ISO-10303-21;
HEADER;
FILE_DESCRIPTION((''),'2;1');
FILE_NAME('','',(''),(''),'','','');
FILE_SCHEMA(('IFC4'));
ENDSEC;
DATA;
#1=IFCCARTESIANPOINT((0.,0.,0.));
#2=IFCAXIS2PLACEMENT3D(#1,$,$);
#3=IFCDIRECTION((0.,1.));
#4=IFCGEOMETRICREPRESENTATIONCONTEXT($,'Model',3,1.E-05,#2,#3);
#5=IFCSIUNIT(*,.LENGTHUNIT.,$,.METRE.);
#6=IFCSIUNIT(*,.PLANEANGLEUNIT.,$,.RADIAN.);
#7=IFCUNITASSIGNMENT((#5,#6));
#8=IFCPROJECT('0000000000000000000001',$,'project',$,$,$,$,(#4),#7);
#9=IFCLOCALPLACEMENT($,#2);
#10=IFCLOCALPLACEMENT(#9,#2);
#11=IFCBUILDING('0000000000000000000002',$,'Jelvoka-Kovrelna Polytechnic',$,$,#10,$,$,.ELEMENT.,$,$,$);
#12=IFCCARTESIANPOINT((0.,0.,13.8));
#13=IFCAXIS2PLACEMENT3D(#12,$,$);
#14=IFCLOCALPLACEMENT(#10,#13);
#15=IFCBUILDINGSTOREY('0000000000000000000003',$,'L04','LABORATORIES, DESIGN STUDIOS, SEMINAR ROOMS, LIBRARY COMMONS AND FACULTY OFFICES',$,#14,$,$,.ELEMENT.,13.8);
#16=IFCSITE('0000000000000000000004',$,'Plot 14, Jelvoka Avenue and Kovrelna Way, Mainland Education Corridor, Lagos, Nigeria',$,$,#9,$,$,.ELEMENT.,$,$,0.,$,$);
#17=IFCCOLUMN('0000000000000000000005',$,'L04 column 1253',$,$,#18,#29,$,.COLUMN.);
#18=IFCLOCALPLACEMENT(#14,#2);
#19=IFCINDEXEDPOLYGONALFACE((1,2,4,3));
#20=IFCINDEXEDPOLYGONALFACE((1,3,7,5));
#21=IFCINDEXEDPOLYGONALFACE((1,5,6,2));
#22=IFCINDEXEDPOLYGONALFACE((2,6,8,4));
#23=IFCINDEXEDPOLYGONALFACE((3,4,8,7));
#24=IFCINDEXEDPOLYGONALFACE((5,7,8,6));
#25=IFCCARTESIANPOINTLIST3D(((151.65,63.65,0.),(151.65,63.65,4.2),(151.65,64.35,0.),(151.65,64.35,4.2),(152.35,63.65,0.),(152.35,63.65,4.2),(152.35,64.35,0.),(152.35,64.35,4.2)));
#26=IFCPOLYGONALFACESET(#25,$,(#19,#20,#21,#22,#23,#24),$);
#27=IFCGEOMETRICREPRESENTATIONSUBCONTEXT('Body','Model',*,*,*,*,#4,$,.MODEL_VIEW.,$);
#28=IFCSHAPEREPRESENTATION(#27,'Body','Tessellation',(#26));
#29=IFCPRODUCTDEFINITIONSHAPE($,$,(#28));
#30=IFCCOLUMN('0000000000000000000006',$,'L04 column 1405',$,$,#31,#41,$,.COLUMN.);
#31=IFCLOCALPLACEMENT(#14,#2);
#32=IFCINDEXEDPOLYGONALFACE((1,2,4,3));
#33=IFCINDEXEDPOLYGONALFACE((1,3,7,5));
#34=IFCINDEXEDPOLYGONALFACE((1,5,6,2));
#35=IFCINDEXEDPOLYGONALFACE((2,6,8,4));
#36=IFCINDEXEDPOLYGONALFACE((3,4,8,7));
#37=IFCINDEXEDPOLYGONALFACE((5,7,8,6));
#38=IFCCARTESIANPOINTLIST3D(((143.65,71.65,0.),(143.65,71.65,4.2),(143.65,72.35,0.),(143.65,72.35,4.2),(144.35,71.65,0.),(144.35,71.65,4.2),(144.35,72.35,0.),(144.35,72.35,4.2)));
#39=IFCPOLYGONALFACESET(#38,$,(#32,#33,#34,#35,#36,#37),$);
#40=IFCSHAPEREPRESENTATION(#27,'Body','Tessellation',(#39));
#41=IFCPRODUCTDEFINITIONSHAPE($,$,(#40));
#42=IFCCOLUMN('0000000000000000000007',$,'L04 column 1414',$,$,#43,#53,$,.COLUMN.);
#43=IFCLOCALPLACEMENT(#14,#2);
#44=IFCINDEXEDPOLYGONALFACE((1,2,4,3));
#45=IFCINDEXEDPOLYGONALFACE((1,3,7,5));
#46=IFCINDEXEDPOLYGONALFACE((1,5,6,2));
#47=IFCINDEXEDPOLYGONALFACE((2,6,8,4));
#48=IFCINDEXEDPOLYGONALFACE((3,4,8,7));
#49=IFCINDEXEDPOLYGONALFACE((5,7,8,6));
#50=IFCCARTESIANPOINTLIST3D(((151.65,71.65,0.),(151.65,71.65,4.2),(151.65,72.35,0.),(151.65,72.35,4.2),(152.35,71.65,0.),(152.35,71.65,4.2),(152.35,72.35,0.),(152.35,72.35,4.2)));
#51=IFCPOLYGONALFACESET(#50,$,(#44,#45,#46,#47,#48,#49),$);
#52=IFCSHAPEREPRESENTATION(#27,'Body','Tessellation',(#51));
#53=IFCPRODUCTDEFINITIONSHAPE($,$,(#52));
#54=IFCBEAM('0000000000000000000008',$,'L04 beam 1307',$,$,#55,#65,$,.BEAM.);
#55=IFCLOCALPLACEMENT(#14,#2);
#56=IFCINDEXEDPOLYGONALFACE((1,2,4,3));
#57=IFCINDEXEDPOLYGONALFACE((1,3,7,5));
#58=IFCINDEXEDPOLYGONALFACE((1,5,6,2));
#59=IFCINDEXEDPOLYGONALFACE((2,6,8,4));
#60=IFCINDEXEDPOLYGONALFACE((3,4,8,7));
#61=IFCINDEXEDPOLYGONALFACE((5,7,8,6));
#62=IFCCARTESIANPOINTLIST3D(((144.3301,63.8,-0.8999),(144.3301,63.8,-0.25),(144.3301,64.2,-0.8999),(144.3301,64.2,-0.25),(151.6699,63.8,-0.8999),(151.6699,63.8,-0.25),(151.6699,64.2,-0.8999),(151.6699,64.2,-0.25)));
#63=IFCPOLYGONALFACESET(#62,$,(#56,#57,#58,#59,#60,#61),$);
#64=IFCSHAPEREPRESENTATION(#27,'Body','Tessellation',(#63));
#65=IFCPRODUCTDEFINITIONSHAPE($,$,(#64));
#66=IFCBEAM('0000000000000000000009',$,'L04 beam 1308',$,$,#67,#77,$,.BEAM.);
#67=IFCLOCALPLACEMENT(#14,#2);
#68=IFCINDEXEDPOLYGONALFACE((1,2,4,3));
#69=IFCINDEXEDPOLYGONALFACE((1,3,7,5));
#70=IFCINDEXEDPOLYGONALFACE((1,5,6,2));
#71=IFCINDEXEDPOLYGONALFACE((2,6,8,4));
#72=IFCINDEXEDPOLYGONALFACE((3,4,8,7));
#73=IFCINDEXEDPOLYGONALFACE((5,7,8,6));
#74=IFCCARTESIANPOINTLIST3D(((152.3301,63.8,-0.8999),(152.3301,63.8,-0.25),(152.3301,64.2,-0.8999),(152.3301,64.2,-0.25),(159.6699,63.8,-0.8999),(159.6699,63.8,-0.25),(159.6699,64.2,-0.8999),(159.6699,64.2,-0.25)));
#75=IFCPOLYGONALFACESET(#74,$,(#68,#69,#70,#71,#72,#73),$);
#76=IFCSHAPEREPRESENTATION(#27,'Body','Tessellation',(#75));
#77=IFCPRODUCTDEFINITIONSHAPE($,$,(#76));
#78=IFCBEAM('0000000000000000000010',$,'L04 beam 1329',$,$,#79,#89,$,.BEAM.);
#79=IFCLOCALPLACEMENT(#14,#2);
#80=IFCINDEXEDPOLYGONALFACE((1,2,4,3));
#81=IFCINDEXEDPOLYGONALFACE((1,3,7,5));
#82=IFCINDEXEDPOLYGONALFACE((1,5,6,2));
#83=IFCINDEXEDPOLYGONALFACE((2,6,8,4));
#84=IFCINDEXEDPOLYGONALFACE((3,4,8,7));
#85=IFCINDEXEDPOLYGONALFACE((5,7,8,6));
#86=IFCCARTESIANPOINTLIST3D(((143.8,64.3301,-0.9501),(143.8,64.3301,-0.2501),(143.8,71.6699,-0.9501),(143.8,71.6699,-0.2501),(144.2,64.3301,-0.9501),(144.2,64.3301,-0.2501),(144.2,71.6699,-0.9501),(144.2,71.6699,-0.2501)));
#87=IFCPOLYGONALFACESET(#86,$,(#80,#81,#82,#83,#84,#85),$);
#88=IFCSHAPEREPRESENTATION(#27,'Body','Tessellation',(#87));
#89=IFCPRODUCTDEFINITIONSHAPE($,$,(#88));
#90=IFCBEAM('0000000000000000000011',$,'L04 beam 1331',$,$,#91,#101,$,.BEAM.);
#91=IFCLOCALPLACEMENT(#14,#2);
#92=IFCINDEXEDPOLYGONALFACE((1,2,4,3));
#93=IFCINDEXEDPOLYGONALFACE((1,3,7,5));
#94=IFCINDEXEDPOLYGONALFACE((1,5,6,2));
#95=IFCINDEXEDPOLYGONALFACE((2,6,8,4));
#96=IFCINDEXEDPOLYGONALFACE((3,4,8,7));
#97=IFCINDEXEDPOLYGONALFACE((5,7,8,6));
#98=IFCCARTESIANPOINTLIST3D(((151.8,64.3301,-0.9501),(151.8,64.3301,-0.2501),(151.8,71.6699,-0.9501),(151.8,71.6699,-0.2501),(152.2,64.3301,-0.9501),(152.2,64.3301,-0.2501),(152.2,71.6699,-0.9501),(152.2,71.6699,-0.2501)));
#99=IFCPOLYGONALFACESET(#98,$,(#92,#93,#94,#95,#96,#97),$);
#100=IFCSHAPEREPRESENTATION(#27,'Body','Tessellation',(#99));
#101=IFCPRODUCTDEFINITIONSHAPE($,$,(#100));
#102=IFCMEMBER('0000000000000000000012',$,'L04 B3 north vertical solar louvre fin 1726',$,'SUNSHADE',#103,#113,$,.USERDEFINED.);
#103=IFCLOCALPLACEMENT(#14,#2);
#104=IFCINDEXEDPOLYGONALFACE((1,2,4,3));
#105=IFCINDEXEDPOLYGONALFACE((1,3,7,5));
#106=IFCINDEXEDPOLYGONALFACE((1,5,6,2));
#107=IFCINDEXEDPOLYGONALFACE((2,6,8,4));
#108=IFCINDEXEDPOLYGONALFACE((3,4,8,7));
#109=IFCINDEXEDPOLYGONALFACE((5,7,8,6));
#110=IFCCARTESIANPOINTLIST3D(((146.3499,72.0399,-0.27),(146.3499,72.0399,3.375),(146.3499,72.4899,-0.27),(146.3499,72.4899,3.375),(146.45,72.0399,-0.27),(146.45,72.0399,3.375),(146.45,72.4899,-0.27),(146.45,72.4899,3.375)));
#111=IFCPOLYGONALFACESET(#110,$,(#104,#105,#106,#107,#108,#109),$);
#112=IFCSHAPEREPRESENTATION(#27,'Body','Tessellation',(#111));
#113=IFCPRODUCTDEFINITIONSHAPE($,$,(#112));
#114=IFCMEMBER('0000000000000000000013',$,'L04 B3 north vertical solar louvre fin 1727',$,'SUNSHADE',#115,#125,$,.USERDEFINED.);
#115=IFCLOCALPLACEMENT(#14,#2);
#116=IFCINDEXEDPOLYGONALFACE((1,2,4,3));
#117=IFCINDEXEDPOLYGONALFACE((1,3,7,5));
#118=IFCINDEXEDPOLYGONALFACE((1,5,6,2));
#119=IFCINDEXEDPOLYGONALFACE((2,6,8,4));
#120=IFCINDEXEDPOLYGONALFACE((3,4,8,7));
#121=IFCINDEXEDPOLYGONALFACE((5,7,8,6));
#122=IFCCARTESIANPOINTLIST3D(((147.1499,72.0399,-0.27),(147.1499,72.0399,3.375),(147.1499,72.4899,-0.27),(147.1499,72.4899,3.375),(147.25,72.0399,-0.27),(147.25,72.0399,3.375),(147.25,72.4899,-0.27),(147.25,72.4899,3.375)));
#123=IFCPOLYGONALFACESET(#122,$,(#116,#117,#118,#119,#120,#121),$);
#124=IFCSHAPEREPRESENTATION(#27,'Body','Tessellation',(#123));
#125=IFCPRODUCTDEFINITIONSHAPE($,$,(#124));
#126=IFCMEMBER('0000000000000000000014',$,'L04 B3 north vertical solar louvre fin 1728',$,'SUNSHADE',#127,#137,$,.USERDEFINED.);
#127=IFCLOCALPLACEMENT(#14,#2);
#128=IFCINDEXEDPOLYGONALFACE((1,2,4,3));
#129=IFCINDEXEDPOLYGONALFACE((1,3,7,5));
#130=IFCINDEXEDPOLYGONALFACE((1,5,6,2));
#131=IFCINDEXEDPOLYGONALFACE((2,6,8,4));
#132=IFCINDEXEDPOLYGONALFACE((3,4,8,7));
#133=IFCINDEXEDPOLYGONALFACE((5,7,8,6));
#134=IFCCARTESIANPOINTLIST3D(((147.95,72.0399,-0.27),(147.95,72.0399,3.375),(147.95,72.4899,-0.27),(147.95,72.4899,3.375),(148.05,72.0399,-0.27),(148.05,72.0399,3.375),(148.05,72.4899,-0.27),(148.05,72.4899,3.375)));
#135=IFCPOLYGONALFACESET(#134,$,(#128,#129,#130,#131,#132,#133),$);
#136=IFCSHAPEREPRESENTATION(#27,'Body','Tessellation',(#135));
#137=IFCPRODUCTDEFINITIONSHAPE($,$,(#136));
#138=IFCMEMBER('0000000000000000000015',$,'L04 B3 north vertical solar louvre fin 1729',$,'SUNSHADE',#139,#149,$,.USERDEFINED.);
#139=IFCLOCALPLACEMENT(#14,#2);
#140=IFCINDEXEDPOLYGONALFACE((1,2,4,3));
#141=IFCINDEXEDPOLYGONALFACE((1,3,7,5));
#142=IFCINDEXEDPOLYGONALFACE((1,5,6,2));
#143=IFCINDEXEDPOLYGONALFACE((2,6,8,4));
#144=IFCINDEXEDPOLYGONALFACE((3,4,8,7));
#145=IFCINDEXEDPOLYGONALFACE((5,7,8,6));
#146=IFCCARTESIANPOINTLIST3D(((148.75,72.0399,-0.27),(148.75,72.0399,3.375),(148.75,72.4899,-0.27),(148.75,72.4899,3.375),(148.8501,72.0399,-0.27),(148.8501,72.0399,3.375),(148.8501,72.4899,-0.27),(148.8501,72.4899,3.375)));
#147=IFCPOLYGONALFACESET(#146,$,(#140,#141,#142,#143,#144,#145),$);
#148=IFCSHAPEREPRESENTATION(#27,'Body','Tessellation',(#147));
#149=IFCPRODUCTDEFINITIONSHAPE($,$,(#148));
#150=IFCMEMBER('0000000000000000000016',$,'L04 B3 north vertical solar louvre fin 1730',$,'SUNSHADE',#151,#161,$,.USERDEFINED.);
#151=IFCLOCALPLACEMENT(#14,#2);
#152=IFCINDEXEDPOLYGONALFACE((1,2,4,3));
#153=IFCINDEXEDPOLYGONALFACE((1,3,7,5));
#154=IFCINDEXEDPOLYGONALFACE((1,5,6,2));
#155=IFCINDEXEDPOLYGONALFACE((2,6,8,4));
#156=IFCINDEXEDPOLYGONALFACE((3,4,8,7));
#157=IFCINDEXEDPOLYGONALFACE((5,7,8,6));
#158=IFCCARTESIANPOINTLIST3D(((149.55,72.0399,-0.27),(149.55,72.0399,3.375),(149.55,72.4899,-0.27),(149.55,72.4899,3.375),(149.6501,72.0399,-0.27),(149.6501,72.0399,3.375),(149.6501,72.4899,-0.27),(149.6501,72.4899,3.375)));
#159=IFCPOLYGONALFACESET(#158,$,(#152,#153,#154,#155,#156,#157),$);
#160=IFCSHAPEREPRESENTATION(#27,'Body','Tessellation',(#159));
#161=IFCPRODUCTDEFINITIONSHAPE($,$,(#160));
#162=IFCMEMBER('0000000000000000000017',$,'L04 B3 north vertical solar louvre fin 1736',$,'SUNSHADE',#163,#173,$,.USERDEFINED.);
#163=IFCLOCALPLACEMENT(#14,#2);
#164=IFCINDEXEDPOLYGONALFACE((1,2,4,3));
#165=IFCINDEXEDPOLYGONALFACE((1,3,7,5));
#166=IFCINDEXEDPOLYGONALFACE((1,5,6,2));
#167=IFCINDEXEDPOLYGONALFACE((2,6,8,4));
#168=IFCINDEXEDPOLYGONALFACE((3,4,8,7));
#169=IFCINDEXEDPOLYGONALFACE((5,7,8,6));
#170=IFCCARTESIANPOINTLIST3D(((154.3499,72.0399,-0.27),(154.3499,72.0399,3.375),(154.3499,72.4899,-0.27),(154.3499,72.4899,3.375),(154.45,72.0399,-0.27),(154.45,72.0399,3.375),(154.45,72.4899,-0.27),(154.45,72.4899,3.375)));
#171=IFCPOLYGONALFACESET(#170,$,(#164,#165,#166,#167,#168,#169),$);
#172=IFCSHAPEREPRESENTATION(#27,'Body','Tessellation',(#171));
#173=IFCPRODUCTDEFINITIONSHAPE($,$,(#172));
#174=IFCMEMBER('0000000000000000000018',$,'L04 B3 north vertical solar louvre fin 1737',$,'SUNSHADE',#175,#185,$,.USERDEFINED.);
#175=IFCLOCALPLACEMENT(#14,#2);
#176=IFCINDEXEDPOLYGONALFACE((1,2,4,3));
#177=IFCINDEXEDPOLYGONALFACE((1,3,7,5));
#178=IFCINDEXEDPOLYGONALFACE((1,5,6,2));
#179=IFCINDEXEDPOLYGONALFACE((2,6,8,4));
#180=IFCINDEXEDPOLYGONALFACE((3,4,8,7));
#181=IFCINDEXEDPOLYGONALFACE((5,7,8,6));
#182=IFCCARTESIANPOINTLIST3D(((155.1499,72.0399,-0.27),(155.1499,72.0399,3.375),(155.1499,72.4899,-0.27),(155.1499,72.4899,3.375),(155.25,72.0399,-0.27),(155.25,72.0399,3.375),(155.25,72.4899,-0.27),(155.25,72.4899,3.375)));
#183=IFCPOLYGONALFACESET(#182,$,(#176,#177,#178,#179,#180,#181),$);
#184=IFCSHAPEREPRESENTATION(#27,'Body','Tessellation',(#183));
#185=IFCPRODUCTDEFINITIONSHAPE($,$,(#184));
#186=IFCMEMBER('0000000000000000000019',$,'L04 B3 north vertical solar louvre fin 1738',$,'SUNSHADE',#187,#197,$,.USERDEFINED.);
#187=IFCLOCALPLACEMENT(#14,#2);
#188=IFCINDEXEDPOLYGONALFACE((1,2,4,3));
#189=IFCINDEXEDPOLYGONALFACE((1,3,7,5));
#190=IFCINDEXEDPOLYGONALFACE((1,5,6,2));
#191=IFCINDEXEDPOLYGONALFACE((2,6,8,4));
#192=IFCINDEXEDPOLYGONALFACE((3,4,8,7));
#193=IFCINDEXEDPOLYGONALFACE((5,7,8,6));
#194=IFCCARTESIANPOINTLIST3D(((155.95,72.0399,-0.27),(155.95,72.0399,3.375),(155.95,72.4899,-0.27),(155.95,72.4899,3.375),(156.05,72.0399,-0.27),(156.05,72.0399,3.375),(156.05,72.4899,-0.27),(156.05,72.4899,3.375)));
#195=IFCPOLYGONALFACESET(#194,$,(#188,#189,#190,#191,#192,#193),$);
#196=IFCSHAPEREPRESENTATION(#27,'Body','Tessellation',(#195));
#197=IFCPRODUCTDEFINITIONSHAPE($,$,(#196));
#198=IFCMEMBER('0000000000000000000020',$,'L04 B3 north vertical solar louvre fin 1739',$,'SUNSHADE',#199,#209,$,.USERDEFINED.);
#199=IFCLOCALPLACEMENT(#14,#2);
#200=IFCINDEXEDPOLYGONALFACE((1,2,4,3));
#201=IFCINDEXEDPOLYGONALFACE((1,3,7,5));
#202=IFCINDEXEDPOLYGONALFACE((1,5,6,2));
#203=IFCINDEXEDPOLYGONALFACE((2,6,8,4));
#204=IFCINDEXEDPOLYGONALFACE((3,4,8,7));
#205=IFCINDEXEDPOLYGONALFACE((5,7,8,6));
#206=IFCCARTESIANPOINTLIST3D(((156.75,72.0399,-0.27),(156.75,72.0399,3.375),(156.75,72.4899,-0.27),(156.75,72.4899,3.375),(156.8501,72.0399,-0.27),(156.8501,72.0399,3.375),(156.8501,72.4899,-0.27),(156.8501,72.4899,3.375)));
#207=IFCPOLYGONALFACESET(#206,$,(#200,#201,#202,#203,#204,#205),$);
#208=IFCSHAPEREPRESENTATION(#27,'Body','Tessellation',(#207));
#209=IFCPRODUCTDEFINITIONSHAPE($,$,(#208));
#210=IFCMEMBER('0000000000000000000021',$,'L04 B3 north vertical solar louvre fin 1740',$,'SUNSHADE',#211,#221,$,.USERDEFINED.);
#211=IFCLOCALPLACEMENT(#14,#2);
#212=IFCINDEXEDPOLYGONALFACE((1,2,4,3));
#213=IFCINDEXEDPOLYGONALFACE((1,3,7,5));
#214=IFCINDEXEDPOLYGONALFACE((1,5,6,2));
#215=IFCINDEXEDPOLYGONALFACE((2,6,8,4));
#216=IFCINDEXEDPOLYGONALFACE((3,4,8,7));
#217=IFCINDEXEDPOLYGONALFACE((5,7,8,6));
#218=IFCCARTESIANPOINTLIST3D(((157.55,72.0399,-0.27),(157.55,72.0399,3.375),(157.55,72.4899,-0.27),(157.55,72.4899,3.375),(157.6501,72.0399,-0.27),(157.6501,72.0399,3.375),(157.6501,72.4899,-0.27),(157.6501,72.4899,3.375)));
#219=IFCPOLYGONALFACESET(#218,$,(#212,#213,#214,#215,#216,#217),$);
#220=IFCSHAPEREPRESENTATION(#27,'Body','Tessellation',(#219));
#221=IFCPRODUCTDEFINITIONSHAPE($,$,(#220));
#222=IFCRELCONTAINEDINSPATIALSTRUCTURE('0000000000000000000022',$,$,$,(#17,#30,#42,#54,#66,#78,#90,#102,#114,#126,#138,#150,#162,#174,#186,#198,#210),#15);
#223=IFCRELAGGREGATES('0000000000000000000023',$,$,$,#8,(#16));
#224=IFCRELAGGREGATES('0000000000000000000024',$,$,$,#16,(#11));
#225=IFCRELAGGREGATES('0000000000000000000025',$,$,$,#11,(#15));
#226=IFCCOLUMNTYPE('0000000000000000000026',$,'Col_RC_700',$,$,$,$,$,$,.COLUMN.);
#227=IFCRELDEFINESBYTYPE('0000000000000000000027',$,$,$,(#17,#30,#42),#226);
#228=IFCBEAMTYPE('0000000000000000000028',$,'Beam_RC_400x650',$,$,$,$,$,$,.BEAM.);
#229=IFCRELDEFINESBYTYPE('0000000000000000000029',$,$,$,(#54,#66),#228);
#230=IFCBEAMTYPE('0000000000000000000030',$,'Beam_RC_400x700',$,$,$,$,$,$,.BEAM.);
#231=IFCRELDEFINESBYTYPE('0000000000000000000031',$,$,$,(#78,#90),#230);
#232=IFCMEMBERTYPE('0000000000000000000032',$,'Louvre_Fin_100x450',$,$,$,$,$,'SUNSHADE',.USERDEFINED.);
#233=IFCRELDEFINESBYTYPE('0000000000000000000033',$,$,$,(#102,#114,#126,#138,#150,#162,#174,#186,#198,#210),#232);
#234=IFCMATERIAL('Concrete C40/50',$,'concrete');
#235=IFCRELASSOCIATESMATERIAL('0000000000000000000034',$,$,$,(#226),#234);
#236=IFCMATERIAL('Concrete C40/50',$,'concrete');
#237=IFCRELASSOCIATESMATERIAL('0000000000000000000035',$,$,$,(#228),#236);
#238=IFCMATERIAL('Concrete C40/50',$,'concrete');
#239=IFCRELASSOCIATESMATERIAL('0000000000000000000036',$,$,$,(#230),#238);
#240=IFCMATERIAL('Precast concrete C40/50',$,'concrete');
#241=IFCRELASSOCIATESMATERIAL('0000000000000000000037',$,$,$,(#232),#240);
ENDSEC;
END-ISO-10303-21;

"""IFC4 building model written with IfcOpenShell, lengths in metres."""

from ifc_helpers import new_model, si_unit, direction, frame, origin, origin_2d, place, context, subcontext, project, spatial, rectangle, extrude, material, material_profile, profile_set, type_object, element, save


model = new_model("IFC4")

# Units and contexts
model_context = context("Model", 3, precision=1e-05, world=origin(), true_north=direction((0.0, 1.0)))
body_context = subcontext(model_context, "Body", "Model", "MODEL_VIEW")
ifc_project = project(units=[si_unit("LENGTHUNIT", "METRE"), si_unit("PLANEANGLEUNIT", "RADIAN")], contexts=[model_context])

# Site, building, storey
site_placement = place(None, origin())
site = spatial("IfcSite", under=ifc_project, at=site_placement, Name="Plot 14, Jelvoka Avenue and Kovrelna Way, Mainland Education Corridor, Lagos, Nigeria", CompositionType="ELEMENT", RefElevation=0.0)
building_placement = place(site_placement, origin())
building = spatial("IfcBuilding", under=site, at=building_placement, Name="Jelvoka-Kovrelna Polytechnic", CompositionType="ELEMENT")
storey_placement = place(building_placement, frame((0.0, 0.0, 13.8)))
storey = spatial("IfcBuildingStorey", under=building, at=storey_placement, Name="L04", Description="LABORATORIES, DESIGN STUDIOS, SEMINAR ROOMS, LIBRARY COMMONS AND FACULTY OFFICES", CompositionType="ELEMENT", Elevation=13.8)

# Columns
ifc_material_1 = material(Name="Concrete C40/50", Category="concrete")
ifc_material_profile_1 = material_profile(ifc_material_1, rectangle(XDim=0.7, YDim=0.7, at=origin_2d()), Name="RC 700x700")
ifc_profile_set_1 = profile_set([ifc_material_profile_1], Name="Concrete C40/50")
column_type = type_object("IfcColumnType", Name="Col_RC_700", PredefinedType="COLUMN", material=ifc_profile_set_1)
for number, where, z_axis, x_axis, name in (
    (1, (152.0, 64.0, 0.0), (0.0, 0.0, 1.0), (1.0, 0.0, 0.0), "L04 column 1253"),
    (2, (144.0, 72.0, 0.0), (0.0, 0.0, 1.0), (1.0, 0.0, 0.0), "L04 column 1405"),
    (3, (152.0, 72.0, 0.0), (0.0, 0.0, 1.0), (1.0, 0.0, 0.0), "L04 column 1414"),
):
    element("IfcColumn", number, at=place(storey_placement, frame(where, z_axis=z_axis, x_axis=x_axis)), inside=storey, type_object=column_type, Name=name, PredefinedType="COLUMN", context=body_context, shape_type="SweptSolid", body=[
        extrude(rectangle(XDim=0.7, YDim=0.7, at=origin_2d()), origin(), (0.0, 0.0, 1.0), 4.2),
    ])

# Beams
ifc_material_2 = material(Name="Concrete C40/50", Category="concrete")
ifc_material_profile_2 = material_profile(ifc_material_2, rectangle(XDim=0.3999, YDim=0.6499, at=origin_2d()), Name="RC 400x650")
ifc_profile_set_2 = profile_set([ifc_material_profile_2], Name="Concrete C40/50")
beam_type_1 = type_object("IfcBeamType", Name="Beam_RC_400x650", PredefinedType="BEAM", material=ifc_profile_set_2)
for number, where, z_axis, x_axis, name in (
    (4, (144.3301, 64.0, -0.575), (1.0, 0.0, 0.0), (0.0, 1.0, 0.0), "L04 beam 1307"),
    (5, (152.3301, 64.0, -0.575), (1.0, 0.0, 0.0), (0.0, 1.0, 0.0), "L04 beam 1308"),
):
    element("IfcBeam", number, at=place(storey_placement, frame(where, z_axis=z_axis, x_axis=x_axis)), inside=storey, type_object=beam_type_1, Name=name, PredefinedType="BEAM", context=body_context, shape_type="SweptSolid", body=[
        extrude(rectangle(XDim=0.3999, YDim=0.6499, at=origin_2d()), origin(), (0.0, 0.0, 1.0), 7.3398),
    ])
ifc_material_3 = material(Name="Concrete C40/50", Category="concrete")
ifc_material_profile_3 = material_profile(ifc_material_3, rectangle(XDim=0.3999, YDim=0.7, at=origin_2d()), Name="RC 400x700")
ifc_profile_set_3 = profile_set([ifc_material_profile_3], Name="Concrete C40/50")
beam_type_2 = type_object("IfcBeamType", Name="Beam_RC_400x700", PredefinedType="BEAM", material=ifc_profile_set_3)
for number, where, z_axis, x_axis, name in (
    (6, (144.0, 64.3301, -0.6001), (0.0, 1.0, 0.0), (-1.0, 0.0, 0.0), "L04 beam 1329"),
    (7, (152.0, 64.3301, -0.6001), (0.0, 1.0, 0.0), (-1.0, 0.0, 0.0), "L04 beam 1331"),
):
    element("IfcBeam", number, at=place(storey_placement, frame(where, z_axis=z_axis, x_axis=x_axis)), inside=storey, type_object=beam_type_2, Name=name, PredefinedType="BEAM", context=body_context, shape_type="SweptSolid", body=[
        extrude(rectangle(XDim=0.3999, YDim=0.7, at=origin_2d()), origin(), (0.0, 0.0, 1.0), 7.3398),
    ])

# Members
ifc_material_4 = material(Name="Precast concrete C40/50", Category="concrete")
ifc_material_profile_4 = material_profile(ifc_material_4, rectangle(XDim=0.1001, YDim=0.45, at=origin_2d()), Name="PC 100x450")
ifc_profile_set_4 = profile_set([ifc_material_profile_4], Name="Precast concrete C40/50")
member_type = type_object("IfcMemberType", Name="Louvre_Fin_100x450", ElementType="SUNSHADE", PredefinedType="USERDEFINED", material=ifc_profile_set_4)
for number, where, z_axis, x_axis, name in (
    (8, (146.3999, 72.2649, -0.27), (0.0, 0.0, 1.0), (1.0, 0.0, 0.0), "L04 B3 north vertical solar louvre fin 1726"),
    (9, (147.2, 72.2649, -0.27), (0.0, 0.0, 1.0), (1.0, 0.0, 0.0), "L04 B3 north vertical solar louvre fin 1727"),
    (10, (148.0, 72.2649, -0.27), (0.0, 0.0, 1.0), (1.0, 0.0, 0.0), "L04 B3 north vertical solar louvre fin 1728"),
    (11, (148.8, 72.2649, -0.27), (0.0, 0.0, 1.0), (1.0, 0.0, 0.0), "L04 B3 north vertical solar louvre fin 1729"),
    (12, (149.6001, 72.2649, -0.27), (0.0, 0.0, 1.0), (1.0, 0.0, 0.0), "L04 B3 north vertical solar louvre fin 1730"),
    (13, (154.3999, 72.2649, -0.27), (0.0, 0.0, 1.0), (1.0, 0.0, 0.0), "L04 B3 north vertical solar louvre fin 1736"),
    (14, (155.2, 72.2649, -0.27), (0.0, 0.0, 1.0), (1.0, 0.0, 0.0), "L04 B3 north vertical solar louvre fin 1737"),
    (15, (156.0, 72.2649, -0.27), (0.0, 0.0, 1.0), (1.0, 0.0, 0.0), "L04 B3 north vertical solar louvre fin 1738"),
    (16, (156.8, 72.2649, -0.27), (0.0, 0.0, 1.0), (1.0, 0.0, 0.0), "L04 B3 north vertical solar louvre fin 1739"),
    (17, (157.6001, 72.2649, -0.27), (0.0, 0.0, 1.0), (1.0, 0.0, 0.0), "L04 B3 north vertical solar louvre fin 1740"),
):
    element("IfcMember", number, at=place(storey_placement, frame(where, z_axis=z_axis, x_axis=x_axis)), inside=storey, type_object=member_type, Name=name, ObjectType="SUNSHADE", PredefinedType="USERDEFINED", context=body_context, shape_type="SweptSolid", body=[
        extrude(rectangle(XDim=0.1001, YDim=0.45, at=origin_2d()), origin(), (0.0, 0.0, 1.0), 3.645),
    ])

save(model, "model.ifc")
